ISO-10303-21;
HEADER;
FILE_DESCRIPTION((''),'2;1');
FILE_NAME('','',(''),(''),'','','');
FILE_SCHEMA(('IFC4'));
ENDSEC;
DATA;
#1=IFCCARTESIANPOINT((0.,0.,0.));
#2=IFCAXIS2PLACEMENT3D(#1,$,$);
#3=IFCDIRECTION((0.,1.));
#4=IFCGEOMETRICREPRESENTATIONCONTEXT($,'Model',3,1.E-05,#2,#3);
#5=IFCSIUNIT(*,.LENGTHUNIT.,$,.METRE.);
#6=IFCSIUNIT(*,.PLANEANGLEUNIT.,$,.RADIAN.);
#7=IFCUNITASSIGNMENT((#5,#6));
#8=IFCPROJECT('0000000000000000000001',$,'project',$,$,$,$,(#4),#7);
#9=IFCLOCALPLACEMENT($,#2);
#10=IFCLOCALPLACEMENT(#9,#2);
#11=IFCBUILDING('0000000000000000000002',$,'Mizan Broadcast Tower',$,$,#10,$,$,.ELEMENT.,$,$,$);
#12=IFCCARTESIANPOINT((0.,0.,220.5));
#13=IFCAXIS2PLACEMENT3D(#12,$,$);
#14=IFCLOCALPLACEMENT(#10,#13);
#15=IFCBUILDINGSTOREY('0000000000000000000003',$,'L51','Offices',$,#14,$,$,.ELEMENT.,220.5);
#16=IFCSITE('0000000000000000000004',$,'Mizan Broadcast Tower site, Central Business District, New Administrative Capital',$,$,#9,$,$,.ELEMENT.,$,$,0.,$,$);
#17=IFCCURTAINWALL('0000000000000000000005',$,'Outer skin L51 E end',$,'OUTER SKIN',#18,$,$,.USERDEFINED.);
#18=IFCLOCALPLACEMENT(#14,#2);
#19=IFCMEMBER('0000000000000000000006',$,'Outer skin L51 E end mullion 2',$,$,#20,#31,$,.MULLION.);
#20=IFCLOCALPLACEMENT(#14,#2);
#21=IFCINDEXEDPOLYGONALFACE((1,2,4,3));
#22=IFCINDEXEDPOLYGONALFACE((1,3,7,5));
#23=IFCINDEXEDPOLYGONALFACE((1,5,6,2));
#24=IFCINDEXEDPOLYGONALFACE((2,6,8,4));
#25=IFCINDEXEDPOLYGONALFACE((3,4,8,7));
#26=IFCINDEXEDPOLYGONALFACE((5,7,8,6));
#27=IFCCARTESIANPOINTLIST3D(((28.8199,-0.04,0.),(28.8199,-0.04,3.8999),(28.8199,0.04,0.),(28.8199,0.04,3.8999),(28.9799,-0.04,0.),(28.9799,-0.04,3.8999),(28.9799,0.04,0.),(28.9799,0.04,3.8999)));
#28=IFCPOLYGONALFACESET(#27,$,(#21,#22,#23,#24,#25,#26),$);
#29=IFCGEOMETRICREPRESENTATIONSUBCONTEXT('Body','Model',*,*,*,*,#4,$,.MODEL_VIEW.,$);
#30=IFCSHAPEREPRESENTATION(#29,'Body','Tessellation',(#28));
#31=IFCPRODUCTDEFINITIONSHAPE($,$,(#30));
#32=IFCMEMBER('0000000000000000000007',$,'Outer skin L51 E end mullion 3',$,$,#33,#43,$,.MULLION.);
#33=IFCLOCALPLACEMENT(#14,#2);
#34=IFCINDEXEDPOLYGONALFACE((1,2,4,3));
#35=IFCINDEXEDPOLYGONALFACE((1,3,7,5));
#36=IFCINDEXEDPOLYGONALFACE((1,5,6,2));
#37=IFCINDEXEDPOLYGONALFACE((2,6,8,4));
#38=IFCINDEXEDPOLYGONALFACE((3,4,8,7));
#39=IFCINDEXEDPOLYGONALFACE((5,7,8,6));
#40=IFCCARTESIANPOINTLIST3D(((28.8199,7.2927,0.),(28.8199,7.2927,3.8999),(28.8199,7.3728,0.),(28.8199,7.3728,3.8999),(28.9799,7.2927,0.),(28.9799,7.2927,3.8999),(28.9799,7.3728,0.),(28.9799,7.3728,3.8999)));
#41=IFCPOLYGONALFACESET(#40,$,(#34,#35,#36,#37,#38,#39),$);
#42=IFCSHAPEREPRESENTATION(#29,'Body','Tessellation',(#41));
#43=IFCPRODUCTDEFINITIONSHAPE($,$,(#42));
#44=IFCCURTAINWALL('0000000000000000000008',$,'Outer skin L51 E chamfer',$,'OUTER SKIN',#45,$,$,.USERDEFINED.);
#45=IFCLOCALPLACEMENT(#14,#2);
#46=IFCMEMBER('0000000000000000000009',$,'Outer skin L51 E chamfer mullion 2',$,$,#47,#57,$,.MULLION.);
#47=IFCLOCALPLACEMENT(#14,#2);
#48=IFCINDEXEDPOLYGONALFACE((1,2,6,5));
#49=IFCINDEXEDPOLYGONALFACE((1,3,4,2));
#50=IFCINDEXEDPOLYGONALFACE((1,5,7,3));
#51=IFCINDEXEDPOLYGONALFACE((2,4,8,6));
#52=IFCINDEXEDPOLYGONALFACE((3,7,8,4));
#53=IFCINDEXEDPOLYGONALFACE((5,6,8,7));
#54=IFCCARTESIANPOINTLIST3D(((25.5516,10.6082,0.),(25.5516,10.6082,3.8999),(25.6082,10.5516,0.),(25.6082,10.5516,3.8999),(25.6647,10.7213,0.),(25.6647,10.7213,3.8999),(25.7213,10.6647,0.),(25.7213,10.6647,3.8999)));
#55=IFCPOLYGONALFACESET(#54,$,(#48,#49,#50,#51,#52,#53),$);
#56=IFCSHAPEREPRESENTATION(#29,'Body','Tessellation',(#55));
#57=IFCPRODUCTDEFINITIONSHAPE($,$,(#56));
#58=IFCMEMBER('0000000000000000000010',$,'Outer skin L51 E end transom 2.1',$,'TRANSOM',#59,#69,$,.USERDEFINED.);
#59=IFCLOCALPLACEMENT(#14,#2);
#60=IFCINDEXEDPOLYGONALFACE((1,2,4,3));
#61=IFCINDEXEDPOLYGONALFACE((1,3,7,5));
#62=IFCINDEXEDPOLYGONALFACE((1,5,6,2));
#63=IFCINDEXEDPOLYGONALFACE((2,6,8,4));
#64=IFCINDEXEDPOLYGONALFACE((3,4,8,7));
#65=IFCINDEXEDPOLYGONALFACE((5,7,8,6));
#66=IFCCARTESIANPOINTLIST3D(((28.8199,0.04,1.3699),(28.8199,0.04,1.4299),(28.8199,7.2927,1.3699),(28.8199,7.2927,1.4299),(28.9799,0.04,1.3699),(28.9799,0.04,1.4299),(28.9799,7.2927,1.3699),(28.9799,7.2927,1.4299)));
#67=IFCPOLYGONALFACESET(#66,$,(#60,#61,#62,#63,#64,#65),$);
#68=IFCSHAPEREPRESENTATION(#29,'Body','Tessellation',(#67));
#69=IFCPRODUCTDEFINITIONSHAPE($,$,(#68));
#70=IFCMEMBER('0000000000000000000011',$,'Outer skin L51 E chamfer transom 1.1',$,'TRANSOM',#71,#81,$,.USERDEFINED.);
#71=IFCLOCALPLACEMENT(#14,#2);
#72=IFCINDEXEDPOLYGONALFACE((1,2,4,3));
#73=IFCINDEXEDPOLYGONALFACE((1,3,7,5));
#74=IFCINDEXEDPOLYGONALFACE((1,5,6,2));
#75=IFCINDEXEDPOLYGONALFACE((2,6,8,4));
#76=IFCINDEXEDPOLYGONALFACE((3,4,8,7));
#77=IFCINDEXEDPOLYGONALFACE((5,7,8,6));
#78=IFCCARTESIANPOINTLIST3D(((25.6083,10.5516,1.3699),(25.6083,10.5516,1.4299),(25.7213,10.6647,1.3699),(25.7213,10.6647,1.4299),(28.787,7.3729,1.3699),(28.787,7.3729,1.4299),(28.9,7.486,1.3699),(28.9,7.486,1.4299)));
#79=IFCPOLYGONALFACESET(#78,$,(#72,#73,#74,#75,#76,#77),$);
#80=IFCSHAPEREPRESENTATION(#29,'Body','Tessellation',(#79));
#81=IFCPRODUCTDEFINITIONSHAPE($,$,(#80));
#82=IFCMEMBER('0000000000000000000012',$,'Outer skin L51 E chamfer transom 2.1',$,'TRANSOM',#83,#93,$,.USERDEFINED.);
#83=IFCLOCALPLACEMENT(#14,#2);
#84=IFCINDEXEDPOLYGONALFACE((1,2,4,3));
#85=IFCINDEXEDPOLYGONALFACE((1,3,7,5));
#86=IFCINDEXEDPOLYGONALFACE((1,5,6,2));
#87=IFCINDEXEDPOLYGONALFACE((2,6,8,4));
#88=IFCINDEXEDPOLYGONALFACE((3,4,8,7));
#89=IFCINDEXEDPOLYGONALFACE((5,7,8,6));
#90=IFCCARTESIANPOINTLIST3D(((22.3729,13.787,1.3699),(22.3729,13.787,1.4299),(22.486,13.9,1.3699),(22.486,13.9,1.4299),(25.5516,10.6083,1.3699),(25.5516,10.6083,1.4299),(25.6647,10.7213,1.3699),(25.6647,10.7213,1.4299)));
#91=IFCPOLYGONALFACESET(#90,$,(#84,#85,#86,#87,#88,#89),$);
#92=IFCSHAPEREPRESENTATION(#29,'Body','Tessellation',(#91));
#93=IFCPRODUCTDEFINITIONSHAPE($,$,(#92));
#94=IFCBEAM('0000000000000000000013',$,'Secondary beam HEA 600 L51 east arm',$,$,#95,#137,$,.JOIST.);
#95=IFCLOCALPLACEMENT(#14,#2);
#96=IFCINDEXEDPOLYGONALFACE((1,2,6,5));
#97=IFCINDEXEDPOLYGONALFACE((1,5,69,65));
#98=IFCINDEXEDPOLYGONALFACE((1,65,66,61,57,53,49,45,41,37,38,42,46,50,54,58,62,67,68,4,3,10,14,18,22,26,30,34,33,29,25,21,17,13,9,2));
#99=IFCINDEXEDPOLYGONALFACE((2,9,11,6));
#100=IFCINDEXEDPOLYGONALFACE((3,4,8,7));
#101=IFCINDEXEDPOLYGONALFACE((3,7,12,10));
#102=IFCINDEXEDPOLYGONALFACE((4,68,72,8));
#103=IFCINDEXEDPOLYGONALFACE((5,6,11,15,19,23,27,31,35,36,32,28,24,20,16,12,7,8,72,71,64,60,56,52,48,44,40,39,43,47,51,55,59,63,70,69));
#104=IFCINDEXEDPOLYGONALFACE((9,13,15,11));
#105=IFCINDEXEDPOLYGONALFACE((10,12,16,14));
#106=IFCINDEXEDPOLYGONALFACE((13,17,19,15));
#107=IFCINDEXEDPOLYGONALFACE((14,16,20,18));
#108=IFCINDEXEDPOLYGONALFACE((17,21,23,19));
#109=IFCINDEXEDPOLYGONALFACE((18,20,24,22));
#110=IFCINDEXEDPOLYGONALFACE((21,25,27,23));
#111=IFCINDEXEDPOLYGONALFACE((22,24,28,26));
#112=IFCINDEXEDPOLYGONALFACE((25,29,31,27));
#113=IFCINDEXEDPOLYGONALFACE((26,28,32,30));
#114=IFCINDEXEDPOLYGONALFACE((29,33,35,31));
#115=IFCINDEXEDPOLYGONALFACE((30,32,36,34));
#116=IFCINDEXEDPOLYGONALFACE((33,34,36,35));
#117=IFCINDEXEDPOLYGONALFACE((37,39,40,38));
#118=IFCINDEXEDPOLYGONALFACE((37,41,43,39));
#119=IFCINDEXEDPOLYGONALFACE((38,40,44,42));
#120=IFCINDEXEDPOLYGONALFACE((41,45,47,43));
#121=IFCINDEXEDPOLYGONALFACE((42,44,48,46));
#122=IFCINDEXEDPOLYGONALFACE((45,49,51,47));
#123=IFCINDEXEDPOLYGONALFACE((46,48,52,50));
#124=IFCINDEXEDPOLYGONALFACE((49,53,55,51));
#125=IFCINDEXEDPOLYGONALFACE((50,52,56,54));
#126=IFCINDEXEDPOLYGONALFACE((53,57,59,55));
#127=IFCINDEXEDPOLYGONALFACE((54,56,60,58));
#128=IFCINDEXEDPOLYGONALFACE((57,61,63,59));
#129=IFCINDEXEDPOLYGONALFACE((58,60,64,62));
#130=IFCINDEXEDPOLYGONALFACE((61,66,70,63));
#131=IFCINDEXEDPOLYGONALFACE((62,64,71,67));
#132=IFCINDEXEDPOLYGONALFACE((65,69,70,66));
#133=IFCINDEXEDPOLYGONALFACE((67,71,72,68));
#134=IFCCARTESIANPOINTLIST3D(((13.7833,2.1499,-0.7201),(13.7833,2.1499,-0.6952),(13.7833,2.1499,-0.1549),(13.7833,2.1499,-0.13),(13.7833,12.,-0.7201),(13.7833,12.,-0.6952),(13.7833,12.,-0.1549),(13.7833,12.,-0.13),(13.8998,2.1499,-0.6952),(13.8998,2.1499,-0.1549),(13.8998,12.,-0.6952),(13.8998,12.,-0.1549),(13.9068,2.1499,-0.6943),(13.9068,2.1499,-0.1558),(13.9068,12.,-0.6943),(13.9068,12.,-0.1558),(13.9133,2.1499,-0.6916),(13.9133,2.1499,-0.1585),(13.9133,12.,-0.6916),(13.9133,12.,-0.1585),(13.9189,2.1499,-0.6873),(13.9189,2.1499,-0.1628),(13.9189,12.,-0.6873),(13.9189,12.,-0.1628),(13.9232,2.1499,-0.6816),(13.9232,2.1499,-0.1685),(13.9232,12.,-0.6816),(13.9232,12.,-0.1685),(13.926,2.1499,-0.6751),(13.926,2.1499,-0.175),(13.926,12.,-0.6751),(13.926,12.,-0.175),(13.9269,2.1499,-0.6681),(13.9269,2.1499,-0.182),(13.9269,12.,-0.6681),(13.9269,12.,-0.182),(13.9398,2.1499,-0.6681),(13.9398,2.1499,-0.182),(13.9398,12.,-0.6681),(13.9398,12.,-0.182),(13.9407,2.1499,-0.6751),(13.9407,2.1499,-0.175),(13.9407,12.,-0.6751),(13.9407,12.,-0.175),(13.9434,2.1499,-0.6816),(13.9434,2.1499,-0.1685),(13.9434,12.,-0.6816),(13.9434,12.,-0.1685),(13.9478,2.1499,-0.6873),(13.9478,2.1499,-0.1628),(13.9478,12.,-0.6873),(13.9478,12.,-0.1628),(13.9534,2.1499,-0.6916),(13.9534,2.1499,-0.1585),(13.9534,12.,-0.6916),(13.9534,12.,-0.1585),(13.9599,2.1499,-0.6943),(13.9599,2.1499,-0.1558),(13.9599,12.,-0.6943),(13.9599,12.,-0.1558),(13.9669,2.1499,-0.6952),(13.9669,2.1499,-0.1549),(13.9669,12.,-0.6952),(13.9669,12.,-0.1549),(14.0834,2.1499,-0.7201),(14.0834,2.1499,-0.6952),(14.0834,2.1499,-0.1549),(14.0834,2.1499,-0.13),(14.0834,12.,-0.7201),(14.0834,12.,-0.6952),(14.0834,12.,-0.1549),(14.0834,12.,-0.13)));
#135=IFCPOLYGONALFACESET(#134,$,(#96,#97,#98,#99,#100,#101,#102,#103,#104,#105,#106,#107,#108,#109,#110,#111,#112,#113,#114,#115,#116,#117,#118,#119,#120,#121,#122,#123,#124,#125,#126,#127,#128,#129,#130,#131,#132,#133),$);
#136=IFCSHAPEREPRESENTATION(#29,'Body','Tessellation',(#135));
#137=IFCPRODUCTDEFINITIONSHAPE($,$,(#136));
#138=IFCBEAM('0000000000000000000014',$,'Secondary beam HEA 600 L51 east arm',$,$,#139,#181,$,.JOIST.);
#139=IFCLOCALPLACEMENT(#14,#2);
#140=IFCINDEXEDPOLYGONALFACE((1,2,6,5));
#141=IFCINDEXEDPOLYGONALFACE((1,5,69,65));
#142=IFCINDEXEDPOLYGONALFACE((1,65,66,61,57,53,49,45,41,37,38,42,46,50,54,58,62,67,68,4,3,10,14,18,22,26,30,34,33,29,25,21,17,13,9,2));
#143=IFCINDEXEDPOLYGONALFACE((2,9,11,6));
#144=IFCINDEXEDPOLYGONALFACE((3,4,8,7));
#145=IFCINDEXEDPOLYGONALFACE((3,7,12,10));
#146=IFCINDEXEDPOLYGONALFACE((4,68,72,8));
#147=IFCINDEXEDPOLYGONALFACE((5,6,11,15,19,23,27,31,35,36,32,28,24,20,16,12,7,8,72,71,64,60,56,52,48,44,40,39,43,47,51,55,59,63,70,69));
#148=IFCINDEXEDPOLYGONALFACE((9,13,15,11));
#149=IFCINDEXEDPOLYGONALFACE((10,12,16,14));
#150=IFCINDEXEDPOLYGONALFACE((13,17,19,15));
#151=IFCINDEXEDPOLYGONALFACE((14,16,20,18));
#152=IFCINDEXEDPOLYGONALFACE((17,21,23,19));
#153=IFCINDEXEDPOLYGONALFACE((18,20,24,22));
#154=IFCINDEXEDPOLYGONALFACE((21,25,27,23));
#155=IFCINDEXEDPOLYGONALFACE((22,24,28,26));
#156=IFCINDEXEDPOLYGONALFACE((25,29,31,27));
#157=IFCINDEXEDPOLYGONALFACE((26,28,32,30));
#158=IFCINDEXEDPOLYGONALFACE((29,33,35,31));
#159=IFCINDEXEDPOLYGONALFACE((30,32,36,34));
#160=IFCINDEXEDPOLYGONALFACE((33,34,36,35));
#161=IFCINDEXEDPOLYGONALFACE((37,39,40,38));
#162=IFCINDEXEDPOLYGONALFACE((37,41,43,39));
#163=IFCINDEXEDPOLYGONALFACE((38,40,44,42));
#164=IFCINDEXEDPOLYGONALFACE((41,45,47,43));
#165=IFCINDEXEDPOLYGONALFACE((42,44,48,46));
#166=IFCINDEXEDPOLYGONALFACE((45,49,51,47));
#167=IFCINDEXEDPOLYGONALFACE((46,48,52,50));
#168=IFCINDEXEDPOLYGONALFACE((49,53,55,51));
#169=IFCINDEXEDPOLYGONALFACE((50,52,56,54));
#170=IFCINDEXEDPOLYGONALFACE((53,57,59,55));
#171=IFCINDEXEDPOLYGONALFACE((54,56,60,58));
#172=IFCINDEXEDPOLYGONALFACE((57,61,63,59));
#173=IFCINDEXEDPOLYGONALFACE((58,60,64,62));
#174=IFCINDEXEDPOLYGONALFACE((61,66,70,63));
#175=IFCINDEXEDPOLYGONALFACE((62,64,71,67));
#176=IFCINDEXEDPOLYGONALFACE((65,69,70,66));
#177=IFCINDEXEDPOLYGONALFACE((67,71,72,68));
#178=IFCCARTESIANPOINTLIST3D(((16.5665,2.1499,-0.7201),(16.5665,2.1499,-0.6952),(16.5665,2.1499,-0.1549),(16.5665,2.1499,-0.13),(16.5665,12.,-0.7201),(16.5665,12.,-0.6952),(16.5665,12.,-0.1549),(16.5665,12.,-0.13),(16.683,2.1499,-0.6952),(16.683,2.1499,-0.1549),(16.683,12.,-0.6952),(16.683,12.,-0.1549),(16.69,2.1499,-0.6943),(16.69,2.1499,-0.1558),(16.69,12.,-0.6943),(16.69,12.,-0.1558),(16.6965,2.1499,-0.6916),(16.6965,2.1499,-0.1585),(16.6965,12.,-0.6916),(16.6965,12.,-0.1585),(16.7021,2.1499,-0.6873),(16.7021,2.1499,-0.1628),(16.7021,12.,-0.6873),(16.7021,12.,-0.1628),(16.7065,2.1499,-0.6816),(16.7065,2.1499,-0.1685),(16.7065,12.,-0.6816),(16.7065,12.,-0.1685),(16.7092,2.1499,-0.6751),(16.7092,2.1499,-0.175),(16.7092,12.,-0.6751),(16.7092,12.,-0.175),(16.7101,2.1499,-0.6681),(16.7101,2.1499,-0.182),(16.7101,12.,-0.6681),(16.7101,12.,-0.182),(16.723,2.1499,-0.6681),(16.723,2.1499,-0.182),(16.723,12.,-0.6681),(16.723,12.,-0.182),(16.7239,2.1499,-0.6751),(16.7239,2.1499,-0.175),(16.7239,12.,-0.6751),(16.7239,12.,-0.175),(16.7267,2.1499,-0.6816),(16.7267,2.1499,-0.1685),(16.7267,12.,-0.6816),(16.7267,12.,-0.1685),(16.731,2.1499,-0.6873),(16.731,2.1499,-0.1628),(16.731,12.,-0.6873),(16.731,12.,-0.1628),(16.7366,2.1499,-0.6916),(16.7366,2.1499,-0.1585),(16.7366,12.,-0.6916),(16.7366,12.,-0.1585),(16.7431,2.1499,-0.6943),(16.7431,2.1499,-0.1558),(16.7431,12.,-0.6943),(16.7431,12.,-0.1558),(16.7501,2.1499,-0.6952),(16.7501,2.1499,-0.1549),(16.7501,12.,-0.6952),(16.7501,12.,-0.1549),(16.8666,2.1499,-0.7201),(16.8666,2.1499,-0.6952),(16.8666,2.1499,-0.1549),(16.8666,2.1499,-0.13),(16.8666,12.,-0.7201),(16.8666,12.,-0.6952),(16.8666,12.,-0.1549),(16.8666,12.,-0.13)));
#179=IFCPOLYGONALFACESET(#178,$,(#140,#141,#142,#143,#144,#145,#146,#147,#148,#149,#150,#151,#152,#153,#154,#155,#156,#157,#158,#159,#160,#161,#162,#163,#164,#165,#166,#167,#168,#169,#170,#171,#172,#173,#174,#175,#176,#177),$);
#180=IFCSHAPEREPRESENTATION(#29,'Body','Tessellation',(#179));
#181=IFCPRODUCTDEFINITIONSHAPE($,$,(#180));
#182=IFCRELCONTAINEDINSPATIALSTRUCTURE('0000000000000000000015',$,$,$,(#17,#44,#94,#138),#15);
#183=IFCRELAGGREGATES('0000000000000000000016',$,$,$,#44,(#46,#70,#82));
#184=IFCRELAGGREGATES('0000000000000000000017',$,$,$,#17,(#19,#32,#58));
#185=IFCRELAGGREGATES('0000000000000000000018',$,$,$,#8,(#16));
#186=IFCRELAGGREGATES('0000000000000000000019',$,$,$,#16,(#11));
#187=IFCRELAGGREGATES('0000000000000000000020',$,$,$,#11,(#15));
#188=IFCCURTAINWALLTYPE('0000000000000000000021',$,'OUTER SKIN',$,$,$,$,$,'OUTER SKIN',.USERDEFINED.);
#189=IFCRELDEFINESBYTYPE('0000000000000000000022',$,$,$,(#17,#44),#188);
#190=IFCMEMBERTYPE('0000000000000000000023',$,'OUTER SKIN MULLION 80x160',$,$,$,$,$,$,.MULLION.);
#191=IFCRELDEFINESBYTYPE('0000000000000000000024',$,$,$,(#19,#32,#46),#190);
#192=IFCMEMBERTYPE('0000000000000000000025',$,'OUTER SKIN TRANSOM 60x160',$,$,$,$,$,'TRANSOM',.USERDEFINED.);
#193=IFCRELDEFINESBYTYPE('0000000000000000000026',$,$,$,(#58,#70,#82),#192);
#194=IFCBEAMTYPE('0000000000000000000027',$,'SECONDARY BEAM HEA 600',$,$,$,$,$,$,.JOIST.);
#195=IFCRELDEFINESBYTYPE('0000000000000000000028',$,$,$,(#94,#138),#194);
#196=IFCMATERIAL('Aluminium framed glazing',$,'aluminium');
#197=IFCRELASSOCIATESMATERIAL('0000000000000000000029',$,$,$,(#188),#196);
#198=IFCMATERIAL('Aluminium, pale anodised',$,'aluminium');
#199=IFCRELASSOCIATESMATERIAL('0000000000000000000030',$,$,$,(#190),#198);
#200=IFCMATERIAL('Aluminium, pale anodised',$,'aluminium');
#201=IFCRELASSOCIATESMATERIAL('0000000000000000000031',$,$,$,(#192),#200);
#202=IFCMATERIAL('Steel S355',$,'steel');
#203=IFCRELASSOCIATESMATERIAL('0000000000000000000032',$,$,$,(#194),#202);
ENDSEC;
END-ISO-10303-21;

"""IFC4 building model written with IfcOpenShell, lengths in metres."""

from ifc_helpers import new_model, si_unit, direction, frame, origin, origin_2d, place, context, subcontext, project, spatial, rectangle, i_section, extrude, material, material_profile, profile_set, type_object, element, aggregate, save


model = new_model("IFC4")

# Units and contexts
model_context = context("Model", 3, precision=1e-05, world=origin(), true_north=direction((0.0, 1.0)))
body_context = subcontext(model_context, "Body", "Model", "MODEL_VIEW")
ifc_project = project(units=[si_unit("LENGTHUNIT", "METRE"), si_unit("PLANEANGLEUNIT", "RADIAN")], contexts=[model_context])

# Site, building, storey
site_placement = place(None, origin())
site = spatial("IfcSite", under=ifc_project, at=site_placement, Name="Mizan Broadcast Tower site, Central Business District, New Administrative Capital", CompositionType="ELEMENT", RefElevation=0.0)
building_placement = place(site_placement, origin())
building = spatial("IfcBuilding", under=site, at=building_placement, Name="Mizan Broadcast Tower", CompositionType="ELEMENT")
storey_placement = place(building_placement, frame((0.0, 0.0, 220.5)))
storey = spatial("IfcBuildingStorey", under=building, at=storey_placement, Name="L51", Description="Offices", CompositionType="ELEMENT", Elevation=220.5)

# Curtain wall, members
ifc_material_1 = material(Name="Aluminium framed glazing", Category="aluminium")
curtain_wall_type_1 = type_object("IfcCurtainWallType", Name="OUTER SKIN", ElementType="OUTER SKIN", PredefinedType="USERDEFINED", material=ifc_material_1)
curtain_wall_1_placement = place(storey_placement, origin())
curtain_wall_1 = element("IfcCurtainWall", 1, at=curtain_wall_1_placement, inside=storey, type_object=curtain_wall_type_1, Name="Outer skin L51 E end", ObjectType="OUTER SKIN", PredefinedType="USERDEFINED")
ifc_material_2 = material(Name="Aluminium, pale anodised", Category="aluminium")
ifc_material_profile_1 = material_profile(ifc_material_2, rectangle(XDim=0.1599, YDim=0.0801, at=origin_2d()), Name="MULLION 160x80")
ifc_profile_set_1 = profile_set([ifc_material_profile_1], Name="Aluminium, pale anodised")
member_type_1 = type_object("IfcMemberType", Name="OUTER SKIN MULLION 80x160", PredefinedType="MULLION", material=ifc_profile_set_1)
member_1_placement = place(storey_placement, frame((28.8999, 0.0, 0.0), z_axis=(0.0, 0.0, 1.0), x_axis=(-1.0, 0.0, 0.0)))
member_1 = element("IfcMember", 2, at=member_1_placement, type_object=member_type_1, Name="Outer skin L51 E end mullion 2", PredefinedType="MULLION", context=body_context, shape_type="SweptSolid", body=[
    extrude(rectangle(XDim=0.1599, YDim=0.0801, at=origin_2d()), origin(), (0.0, 0.0, 1.0), 3.8999),
])
member_2_placement = place(storey_placement, frame((28.8999, 7.3328, 0.0), z_axis=(0.0, 0.0, 1.0), x_axis=(-1.0, 0.0, 0.0)))
member_2 = element("IfcMember", 3, at=member_2_placement, type_object=member_type_1, Name="Outer skin L51 E end mullion 3", PredefinedType="MULLION", context=body_context, shape_type="SweptSolid", body=[
    extrude(rectangle(XDim=0.1599, YDim=0.0801, at=origin_2d()), origin(), (0.0, 0.0, 1.0), 3.8999),
])

# Curtain wall, member
curtain_wall_2_placement = place(storey_placement, origin())
curtain_wall_2 = element("IfcCurtainWall", 4, at=curtain_wall_2_placement, inside=storey, type_object=curtain_wall_type_1, Name="Outer skin L51 E chamfer", ObjectType="OUTER SKIN", PredefinedType="USERDEFINED")
member_3_placement = place(storey_placement, frame((25.6365, 10.6365, 0.0), z_axis=(0.0, 0.0, 1.0), x_axis=(-0.707107, -0.707107, 0.0)))
member_3 = element("IfcMember", 5, at=member_3_placement, type_object=member_type_1, Name="Outer skin L51 E chamfer mullion 2", PredefinedType="MULLION", context=body_context, shape_type="SweptSolid", body=[
    extrude(rectangle(XDim=0.1599, YDim=0.0801, at=origin_2d()), origin(), (0.0, 0.0, 1.0), 3.8999),
])

# Members
ifc_material_3 = material(Name="Aluminium, pale anodised", Category="aluminium")
ifc_material_profile_2 = material_profile(ifc_material_3, rectangle(XDim=0.1599, YDim=0.0601, at=origin_2d()), Name="TRANSOM 160x60")
ifc_profile_set_2 = profile_set([ifc_material_profile_2], Name="Aluminium, pale anodised")
member_type_2 = type_object("IfcMemberType", Name="OUTER SKIN TRANSOM 60x160", ElementType="TRANSOM", PredefinedType="USERDEFINED", material=ifc_profile_set_2)
member_4_placement = place(storey_placement, frame((28.8999, 0.04, 1.3999), z_axis=(0.0, 1.0, 0.0), x_axis=(-1.0, 0.0, 0.0)))
member_4 = element("IfcMember", 6, at=member_4_placement, type_object=member_type_2, Name="Outer skin L51 E end transom 2.1", ObjectType="TRANSOM", PredefinedType="USERDEFINED", context=body_context, shape_type="SweptSolid", body=[
    extrude(rectangle(XDim=0.1599, YDim=0.0601, at=origin_2d()), origin(), (0.0, 0.0, 1.0), 7.2527),
])
member_5_placement = place(storey_placement, frame((28.8435, 7.4294, 1.3999), z_axis=(-0.707107, 0.707107, 0.0), x_axis=(-0.707107, -0.707107, 0.0)))
member_5 = element("IfcMember", 7, at=member_5_placement, type_object=member_type_2, Name="Outer skin L51 E chamfer transom 1.1", ObjectType="TRANSOM", PredefinedType="USERDEFINED", context=body_context, shape_type="SweptSolid", body=[
    extrude(rectangle(XDim=0.1599, YDim=0.0601, at=origin_2d()), origin(), (0.0, 0.0, 1.0), 4.4954),
])
member_6_placement = place(storey_placement, frame((25.6082, 10.6648, 1.3999), z_axis=(-0.707107, 0.707107, 0.0), x_axis=(-0.707107, -0.707107, 0.0)))
member_6 = element("IfcMember", 8, at=member_6_placement, type_object=member_type_2, Name="Outer skin L51 E chamfer transom 2.1", ObjectType="TRANSOM", PredefinedType="USERDEFINED", context=body_context, shape_type="SweptSolid", body=[
    extrude(rectangle(XDim=0.1599, YDim=0.0601, at=origin_2d()), origin(), (0.0, 0.0, 1.0), 4.4954),
])

# Beams
ifc_material_4 = material(Name="Steel S355", Category="steel")
ifc_material_profile_3 = material_profile(ifc_material_4, i_section(OverallWidth=0.3, OverallDepth=0.5901, WebThickness=0.0129, FlangeThickness=0.0249, FilletRadius=0.0271, at=origin_2d()), Name="HEA 600")
ifc_profile_set_3 = profile_set([ifc_material_profile_3], Name="Steel S355")
beam_type_1 = type_object("IfcBeamType", Name="SECONDARY BEAM HEA 600", PredefinedType="JOIST", material=ifc_profile_set_3)
for number, where, z_axis, x_axis, name in (
    (9, (13.9333, 12.0, -0.425), (0.0, -1.0, 0.0), (1.0, 0.0, 0.0), "Secondary beam HEA 600 L51 east arm"),
    (10, (16.7166, 12.0, -0.425), (0.0, -1.0, 0.0), (1.0, 0.0, 0.0), "Secondary beam HEA 600 L51 east arm"),
):
    element("IfcBeam", number, at=place(storey_placement, frame(where, z_axis=z_axis, x_axis=x_axis)), inside=storey, type_object=beam_type_1, Name=name, PredefinedType="JOIST", context=body_context, shape_type="SweptSolid", body=[
        extrude(i_section(OverallWidth=0.3, OverallDepth=0.5901, WebThickness=0.0129, FlangeThickness=0.0249, FilletRadius=0.0271, at=origin_2d()), origin(), (0.0, 0.0, 1.0), 9.8501),
    ])

aggregate(curtain_wall_2, [member_3, member_5, member_6])
aggregate(curtain_wall_1, [member_1, member_2, member_4])

save(model, "model.ifc")
